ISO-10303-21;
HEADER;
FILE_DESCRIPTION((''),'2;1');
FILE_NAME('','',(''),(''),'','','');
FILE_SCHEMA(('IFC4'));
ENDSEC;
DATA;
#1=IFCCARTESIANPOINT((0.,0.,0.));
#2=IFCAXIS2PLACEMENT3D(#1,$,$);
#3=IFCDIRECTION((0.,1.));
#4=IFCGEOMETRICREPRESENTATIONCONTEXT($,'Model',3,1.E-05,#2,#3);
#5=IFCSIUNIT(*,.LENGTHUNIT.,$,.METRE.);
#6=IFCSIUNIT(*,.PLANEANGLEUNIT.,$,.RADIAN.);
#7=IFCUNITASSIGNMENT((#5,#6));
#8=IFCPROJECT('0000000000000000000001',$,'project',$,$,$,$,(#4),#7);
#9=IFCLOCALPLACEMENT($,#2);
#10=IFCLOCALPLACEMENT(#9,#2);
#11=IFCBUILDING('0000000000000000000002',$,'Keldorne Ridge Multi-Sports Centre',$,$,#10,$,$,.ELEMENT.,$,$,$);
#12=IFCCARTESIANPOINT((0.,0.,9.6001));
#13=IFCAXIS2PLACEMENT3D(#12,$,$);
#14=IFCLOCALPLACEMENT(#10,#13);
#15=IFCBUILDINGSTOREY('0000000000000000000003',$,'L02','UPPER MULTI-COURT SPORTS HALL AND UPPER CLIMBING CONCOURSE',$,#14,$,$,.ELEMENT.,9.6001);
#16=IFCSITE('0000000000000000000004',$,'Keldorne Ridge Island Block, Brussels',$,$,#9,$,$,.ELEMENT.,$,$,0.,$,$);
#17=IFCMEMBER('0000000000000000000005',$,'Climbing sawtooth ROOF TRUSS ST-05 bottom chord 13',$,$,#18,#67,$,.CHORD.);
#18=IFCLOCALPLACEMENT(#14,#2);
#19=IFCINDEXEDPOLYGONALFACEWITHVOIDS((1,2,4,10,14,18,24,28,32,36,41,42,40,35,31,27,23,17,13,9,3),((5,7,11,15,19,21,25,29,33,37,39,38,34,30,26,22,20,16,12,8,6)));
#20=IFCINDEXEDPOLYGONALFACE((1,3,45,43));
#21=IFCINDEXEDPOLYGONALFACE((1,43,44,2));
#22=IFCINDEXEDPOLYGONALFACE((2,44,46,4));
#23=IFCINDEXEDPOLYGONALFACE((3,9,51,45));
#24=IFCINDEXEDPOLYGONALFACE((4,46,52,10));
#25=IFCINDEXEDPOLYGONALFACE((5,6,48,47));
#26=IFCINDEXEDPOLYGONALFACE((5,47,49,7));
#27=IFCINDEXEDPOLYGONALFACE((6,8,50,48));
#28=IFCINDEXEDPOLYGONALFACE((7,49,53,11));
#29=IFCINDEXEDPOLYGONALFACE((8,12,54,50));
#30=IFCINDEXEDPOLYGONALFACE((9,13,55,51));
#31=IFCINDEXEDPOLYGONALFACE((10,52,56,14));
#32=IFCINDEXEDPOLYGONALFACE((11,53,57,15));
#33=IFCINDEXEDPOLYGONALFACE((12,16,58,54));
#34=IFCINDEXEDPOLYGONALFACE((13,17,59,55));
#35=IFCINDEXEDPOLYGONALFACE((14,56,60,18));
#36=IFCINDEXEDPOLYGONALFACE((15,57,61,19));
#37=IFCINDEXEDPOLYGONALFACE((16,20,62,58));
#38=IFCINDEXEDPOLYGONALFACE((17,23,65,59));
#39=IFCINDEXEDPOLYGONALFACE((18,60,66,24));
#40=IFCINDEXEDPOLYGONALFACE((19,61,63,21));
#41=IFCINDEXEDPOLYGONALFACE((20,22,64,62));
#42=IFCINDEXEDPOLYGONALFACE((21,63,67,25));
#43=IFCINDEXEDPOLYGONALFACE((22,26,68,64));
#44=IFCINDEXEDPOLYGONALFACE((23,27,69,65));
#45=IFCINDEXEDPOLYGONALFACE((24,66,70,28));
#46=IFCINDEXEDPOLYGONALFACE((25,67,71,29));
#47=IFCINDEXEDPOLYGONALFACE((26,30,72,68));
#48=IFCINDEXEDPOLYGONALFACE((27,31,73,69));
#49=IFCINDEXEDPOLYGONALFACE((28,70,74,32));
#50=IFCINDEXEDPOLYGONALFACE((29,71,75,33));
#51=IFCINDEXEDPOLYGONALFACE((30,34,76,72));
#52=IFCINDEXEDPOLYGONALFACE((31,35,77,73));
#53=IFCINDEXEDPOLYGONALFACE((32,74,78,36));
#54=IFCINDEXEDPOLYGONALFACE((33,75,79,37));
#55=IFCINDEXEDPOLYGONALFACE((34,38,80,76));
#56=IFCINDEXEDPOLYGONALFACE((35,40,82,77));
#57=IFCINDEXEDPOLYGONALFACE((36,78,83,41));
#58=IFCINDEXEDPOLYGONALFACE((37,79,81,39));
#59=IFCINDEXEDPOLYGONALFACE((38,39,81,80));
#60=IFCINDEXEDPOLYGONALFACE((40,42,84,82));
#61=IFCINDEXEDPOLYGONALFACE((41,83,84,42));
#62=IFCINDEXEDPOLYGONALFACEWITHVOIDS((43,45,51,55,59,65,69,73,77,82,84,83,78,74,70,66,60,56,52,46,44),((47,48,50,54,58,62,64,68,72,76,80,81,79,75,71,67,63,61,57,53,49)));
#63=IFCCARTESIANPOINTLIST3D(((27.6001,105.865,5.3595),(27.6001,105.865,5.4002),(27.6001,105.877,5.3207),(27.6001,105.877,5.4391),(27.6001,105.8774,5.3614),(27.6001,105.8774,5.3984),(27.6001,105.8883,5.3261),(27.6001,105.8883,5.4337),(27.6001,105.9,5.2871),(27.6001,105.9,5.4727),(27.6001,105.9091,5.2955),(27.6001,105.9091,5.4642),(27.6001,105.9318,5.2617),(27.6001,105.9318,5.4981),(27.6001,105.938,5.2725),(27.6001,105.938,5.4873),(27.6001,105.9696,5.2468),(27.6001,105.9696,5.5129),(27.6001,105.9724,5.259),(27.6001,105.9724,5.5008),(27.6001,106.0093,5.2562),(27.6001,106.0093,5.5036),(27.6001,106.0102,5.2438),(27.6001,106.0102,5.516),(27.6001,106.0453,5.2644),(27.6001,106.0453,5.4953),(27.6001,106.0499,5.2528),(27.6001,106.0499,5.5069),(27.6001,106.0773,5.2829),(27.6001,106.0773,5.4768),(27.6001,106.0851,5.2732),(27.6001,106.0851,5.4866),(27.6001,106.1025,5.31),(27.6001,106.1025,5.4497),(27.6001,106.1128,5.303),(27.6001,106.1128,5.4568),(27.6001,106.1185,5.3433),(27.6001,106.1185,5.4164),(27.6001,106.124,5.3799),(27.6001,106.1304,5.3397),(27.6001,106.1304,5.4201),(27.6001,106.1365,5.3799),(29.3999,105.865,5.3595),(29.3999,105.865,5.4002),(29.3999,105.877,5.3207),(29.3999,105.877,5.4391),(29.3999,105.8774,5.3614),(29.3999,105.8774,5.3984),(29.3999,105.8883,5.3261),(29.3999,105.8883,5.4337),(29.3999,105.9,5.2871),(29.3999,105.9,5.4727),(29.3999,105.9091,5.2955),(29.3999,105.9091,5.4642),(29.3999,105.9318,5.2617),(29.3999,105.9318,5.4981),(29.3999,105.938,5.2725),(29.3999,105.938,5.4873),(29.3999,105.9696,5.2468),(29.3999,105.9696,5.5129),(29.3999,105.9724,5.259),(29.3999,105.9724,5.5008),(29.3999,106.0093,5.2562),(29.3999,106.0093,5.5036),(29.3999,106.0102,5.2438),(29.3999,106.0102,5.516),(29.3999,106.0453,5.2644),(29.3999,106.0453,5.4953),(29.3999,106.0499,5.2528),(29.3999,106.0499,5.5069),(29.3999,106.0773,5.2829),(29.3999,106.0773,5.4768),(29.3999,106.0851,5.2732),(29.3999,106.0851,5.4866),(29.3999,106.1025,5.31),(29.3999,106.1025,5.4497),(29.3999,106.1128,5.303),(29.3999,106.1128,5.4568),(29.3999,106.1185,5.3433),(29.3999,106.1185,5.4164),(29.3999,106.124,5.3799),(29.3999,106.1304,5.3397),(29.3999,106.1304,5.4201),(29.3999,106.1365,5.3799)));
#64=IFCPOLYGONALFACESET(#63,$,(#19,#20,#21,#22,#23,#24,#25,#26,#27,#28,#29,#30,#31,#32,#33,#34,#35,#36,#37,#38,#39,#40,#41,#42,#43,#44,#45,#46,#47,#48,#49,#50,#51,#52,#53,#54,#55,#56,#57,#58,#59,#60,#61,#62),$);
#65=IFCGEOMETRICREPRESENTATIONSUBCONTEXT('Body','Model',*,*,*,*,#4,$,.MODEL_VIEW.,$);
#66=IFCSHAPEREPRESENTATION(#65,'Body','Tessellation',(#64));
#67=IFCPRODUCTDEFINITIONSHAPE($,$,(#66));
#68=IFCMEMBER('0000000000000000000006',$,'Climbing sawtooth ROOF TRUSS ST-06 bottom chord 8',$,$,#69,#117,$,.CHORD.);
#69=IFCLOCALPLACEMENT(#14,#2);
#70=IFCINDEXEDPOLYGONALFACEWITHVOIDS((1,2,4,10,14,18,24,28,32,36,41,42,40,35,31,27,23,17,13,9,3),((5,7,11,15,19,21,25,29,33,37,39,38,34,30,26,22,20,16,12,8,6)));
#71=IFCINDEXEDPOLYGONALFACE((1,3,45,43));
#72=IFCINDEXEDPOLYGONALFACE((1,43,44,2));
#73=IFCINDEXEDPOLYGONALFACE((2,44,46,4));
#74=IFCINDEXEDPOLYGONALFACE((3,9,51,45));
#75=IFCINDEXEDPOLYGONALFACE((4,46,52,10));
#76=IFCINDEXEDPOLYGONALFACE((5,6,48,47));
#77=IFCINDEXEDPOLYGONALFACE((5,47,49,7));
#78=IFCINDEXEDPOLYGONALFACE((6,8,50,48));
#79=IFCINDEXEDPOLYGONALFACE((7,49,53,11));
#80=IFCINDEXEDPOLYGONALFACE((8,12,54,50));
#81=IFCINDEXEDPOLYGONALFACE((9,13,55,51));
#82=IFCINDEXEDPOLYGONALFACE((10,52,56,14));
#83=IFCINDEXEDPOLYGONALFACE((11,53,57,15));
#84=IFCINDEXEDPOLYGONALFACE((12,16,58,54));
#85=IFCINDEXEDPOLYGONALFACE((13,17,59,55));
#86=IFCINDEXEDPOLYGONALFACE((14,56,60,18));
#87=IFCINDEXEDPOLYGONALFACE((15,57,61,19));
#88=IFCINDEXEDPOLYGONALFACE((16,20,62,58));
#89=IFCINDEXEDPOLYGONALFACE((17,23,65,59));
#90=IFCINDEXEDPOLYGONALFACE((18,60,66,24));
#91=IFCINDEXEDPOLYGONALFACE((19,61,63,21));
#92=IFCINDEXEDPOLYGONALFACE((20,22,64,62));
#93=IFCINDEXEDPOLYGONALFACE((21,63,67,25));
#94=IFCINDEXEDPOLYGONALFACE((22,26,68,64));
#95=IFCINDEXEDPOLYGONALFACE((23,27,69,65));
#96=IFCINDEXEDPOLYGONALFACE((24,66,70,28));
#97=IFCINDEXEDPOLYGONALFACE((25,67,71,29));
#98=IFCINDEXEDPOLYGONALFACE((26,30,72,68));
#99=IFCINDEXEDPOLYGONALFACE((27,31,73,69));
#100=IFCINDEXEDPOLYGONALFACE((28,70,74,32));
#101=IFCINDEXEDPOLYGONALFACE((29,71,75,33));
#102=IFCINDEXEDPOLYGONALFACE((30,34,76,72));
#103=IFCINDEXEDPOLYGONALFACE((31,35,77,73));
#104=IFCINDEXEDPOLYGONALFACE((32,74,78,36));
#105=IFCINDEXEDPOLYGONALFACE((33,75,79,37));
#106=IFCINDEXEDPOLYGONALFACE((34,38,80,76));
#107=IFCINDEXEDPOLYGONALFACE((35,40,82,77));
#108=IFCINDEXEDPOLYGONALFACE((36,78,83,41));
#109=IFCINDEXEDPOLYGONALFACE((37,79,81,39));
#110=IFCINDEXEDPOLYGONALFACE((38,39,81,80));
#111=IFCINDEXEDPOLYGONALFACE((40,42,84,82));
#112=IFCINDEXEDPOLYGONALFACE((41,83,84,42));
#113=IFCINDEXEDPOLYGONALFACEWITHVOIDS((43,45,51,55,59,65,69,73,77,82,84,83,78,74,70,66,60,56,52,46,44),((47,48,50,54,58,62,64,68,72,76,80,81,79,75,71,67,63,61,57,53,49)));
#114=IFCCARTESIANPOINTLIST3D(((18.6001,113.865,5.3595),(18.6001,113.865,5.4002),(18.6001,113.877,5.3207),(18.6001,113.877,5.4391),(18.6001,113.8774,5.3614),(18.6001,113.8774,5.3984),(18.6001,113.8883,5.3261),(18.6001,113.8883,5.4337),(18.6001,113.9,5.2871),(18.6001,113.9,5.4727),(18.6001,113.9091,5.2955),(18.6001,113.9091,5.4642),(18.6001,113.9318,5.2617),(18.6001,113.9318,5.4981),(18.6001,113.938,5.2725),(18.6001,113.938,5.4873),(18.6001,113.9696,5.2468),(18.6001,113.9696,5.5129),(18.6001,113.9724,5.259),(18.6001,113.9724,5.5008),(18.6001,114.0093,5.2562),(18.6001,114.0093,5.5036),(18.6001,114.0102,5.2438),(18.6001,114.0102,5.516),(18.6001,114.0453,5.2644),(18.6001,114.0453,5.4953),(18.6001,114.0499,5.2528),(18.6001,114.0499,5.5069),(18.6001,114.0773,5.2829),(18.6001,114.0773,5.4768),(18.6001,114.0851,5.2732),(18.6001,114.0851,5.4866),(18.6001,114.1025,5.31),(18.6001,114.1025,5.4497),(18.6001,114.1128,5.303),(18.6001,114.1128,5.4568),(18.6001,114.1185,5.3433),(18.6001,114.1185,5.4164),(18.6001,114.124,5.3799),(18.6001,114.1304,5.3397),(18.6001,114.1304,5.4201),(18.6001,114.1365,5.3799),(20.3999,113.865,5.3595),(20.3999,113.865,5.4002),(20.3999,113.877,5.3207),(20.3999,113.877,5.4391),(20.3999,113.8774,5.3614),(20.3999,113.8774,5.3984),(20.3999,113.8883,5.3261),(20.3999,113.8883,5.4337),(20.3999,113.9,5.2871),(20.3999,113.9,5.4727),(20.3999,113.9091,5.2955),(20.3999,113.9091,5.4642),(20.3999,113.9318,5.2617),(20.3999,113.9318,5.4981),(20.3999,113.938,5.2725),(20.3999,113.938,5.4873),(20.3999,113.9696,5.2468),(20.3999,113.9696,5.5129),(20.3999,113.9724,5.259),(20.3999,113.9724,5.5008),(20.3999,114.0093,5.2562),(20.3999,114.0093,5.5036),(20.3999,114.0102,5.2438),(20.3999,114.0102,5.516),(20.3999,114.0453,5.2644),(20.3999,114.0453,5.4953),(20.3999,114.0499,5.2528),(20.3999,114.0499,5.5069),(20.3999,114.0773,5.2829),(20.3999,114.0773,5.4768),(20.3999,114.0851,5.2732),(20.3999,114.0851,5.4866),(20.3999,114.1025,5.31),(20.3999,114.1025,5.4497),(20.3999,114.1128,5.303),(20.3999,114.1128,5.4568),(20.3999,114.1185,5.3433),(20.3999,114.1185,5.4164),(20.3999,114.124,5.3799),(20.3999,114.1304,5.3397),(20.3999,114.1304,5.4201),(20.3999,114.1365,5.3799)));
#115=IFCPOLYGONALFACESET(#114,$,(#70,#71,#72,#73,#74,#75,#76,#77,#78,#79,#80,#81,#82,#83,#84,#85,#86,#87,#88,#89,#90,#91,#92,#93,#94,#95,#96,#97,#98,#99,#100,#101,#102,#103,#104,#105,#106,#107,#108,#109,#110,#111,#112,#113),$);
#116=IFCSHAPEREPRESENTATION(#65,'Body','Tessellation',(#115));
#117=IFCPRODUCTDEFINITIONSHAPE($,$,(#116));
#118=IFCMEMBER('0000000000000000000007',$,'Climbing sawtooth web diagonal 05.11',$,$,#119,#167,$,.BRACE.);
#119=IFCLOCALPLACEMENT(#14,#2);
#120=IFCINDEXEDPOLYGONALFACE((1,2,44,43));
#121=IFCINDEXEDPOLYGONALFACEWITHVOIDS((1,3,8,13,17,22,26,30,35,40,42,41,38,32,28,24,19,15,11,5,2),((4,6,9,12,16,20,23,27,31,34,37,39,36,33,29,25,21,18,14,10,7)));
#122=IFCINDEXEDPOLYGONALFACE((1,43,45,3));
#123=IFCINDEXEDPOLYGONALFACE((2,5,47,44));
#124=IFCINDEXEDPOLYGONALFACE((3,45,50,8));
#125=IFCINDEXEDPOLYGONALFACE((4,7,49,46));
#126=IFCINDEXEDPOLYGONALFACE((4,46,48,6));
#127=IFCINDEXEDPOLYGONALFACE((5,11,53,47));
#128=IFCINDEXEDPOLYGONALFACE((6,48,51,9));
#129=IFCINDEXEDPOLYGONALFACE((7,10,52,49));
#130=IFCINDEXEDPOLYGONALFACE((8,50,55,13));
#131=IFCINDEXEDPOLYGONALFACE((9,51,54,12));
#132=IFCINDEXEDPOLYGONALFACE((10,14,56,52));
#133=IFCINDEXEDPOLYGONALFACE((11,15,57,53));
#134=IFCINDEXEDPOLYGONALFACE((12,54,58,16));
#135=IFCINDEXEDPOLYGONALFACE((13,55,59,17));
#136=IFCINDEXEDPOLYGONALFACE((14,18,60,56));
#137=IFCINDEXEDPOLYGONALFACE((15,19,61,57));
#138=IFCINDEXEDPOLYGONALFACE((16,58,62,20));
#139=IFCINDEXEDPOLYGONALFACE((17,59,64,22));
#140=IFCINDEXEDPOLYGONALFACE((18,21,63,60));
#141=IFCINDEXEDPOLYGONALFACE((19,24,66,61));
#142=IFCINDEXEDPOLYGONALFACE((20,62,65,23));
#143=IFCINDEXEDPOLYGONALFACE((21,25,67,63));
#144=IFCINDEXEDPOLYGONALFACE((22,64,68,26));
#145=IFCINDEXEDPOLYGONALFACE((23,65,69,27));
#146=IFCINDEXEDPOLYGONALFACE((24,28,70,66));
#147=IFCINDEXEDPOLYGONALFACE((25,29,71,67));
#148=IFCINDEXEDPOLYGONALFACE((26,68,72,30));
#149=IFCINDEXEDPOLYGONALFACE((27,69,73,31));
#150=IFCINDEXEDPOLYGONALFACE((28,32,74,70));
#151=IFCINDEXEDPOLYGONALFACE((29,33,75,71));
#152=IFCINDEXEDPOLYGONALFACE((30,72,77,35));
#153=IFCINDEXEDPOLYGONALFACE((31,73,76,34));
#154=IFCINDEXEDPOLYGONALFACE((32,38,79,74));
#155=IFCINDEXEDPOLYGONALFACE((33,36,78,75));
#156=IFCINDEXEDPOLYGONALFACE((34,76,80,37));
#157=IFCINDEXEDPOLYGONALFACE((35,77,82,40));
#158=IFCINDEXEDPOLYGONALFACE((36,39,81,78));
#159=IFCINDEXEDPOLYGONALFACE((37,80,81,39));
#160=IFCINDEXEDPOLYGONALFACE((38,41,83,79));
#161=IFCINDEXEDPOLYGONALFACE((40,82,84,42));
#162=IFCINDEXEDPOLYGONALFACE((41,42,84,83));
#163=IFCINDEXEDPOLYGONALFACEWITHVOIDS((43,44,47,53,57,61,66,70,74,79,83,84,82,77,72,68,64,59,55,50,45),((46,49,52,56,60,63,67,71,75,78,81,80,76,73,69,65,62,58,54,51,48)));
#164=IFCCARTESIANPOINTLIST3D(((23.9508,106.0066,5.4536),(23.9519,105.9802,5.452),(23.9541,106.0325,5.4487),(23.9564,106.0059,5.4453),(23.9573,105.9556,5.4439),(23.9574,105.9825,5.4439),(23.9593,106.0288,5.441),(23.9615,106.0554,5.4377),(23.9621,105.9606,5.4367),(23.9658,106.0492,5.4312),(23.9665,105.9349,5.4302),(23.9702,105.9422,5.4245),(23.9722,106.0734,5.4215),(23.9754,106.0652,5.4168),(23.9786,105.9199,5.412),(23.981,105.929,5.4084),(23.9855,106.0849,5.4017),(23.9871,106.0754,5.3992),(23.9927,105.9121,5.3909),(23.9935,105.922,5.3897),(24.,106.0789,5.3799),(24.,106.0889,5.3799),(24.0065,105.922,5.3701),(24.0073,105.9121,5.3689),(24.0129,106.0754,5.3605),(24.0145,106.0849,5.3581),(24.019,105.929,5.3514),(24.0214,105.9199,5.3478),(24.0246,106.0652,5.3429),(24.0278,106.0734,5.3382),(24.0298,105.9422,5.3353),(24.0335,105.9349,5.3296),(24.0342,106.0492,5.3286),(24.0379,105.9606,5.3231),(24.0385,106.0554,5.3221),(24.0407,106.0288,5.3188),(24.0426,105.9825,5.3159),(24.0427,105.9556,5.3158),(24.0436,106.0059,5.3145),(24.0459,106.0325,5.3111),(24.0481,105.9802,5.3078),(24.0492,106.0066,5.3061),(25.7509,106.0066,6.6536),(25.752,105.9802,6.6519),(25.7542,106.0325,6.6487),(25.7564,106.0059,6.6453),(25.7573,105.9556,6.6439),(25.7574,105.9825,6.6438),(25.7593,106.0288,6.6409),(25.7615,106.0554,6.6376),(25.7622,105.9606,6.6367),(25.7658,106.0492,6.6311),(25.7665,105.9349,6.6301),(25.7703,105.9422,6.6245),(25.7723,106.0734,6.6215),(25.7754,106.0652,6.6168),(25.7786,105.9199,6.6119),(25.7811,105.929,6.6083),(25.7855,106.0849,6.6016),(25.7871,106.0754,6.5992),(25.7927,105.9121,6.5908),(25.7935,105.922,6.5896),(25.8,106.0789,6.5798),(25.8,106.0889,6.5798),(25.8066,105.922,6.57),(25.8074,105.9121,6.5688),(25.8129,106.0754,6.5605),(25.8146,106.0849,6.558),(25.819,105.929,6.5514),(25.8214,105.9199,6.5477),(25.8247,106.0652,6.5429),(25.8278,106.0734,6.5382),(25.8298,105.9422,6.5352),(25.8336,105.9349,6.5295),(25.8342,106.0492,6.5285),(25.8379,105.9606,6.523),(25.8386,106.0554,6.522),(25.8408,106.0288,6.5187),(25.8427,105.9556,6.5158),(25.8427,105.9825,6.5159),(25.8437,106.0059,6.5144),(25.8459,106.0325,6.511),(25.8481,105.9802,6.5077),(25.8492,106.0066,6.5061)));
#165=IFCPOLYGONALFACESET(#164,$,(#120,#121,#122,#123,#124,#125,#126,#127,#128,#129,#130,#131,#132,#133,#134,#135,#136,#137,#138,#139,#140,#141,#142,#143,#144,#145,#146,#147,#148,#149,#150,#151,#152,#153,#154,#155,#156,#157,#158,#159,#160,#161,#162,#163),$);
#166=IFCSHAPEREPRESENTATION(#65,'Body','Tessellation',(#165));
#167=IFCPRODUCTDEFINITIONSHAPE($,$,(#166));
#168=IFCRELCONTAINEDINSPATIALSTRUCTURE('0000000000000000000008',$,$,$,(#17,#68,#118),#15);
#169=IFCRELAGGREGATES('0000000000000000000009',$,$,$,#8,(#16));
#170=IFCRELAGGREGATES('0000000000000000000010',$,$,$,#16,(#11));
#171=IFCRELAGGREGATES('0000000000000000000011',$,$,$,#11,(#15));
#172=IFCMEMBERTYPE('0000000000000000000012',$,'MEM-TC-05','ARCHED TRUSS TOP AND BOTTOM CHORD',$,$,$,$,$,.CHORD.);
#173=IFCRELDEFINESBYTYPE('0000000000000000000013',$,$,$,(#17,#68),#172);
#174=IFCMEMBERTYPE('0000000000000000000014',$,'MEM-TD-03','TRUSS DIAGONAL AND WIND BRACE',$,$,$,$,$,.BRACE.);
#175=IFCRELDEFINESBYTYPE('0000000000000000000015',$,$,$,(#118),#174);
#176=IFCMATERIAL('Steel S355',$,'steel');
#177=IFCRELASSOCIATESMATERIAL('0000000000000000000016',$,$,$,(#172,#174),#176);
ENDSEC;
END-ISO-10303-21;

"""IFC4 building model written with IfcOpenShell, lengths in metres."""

from ifc_helpers import new_model, si_unit, direction, frame, origin, origin_2d, place, context, subcontext, project, spatial, hollow_circle, extrude, material, material_profile, profile_set, type_object, element, save


model = new_model("IFC4")

# Units and contexts
model_context = context("Model", 3, precision=1e-05, world=origin(), true_north=direction((0.0, 1.0)))
body_context = subcontext(model_context, "Body", "Model", "MODEL_VIEW")
ifc_project = project(units=[si_unit("LENGTHUNIT", "METRE"), si_unit("PLANEANGLEUNIT", "RADIAN")], contexts=[model_context])

# Site, building, storey
site_placement = place(None, origin())
site = spatial("IfcSite", under=ifc_project, at=site_placement, Name="Keldorne Ridge Island Block, Brussels", CompositionType="ELEMENT", RefElevation=0.0)
building_placement = place(site_placement, origin())
building = spatial("IfcBuilding", under=site, at=building_placement, Name="Keldorne Ridge Multi-Sports Centre", CompositionType="ELEMENT")
storey_placement = place(building_placement, frame((0.0, 0.0, 9.6001)))
storey = spatial("IfcBuildingStorey", under=building, at=storey_placement, Name="L02", Description="UPPER MULTI-COURT SPORTS HALL AND UPPER CLIMBING CONCOURSE", CompositionType="ELEMENT", Elevation=9.6001)

# Shared definitions
ifc_material_1 = material(Name="Steel S355", Category="steel")

# Members
ifc_material_profile_1 = material_profile(ifc_material_1, hollow_circle(Radius=0.1365, WallThickness=0.0125, at=origin_2d()), Name="CHS 273x12.5")
ifc_profile_set_1 = profile_set([ifc_material_profile_1], Name="Steel S355")
member_type_1 = type_object("IfcMemberType", Name="MEM-TC-05", Description="ARCHED TRUSS TOP AND BOTTOM CHORD", PredefinedType="CHORD", material=ifc_profile_set_1)
for number, where, z_axis, x_axis, name in (
    (1, (27.6001, 106.0, 5.3799), (1.0, 0.0, 0.0), (0.0, 1.0, 0.0), "Climbing sawtooth ROOF TRUSS ST-05 bottom chord 13"),
    (2, (18.6001, 114.0, 5.3799), (1.0, 0.0, 0.0), (0.0, 1.0, 0.0), "Climbing sawtooth ROOF TRUSS ST-06 bottom chord 8"),
):
    element("IfcMember", number, at=place(storey_placement, frame(where, z_axis=z_axis, x_axis=x_axis)), inside=storey, type_object=member_type_1, Name=name, PredefinedType="CHORD", context=body_context, shape_type="SweptSolid", body=[
        extrude(hollow_circle(Radius=0.1365, WallThickness=0.0125, at=origin_2d()), origin(), (0.0, 0.0, 1.0), 1.7998),
    ])
ifc_material_profile_2 = material_profile(ifc_material_1, hollow_circle(Radius=0.0889, WallThickness=0.01, at=origin_2d()), Name="CHS 177.8x10")
ifc_profile_set_2 = profile_set([ifc_material_profile_2], Name="Steel S355")
member_type_2 = type_object("IfcMemberType", Name="MEM-TD-03", Description="TRUSS DIAGONAL AND WIND BRACE", PredefinedType="BRACE", material=ifc_profile_set_2)
for number, where, z_axis, x_axis, name in (
    (3, (24.0, 106.0, 5.3799), (0.832068, 0.0, 0.554674), (0.0, 1.0, 0.0), "Climbing sawtooth web diagonal 05.11"),
):
    element("IfcMember", number, at=place(storey_placement, frame(where, z_axis=z_axis, x_axis=x_axis)), inside=storey, type_object=member_type_2, Name=name, PredefinedType="BRACE", context=body_context, shape_type="SweptSolid", body=[
        extrude(hollow_circle(Radius=0.0889, WallThickness=0.01, at=origin_2d()), origin(), (0.0, 0.0, 1.0), 2.1633),
    ])

save(model, "model.ifc")
